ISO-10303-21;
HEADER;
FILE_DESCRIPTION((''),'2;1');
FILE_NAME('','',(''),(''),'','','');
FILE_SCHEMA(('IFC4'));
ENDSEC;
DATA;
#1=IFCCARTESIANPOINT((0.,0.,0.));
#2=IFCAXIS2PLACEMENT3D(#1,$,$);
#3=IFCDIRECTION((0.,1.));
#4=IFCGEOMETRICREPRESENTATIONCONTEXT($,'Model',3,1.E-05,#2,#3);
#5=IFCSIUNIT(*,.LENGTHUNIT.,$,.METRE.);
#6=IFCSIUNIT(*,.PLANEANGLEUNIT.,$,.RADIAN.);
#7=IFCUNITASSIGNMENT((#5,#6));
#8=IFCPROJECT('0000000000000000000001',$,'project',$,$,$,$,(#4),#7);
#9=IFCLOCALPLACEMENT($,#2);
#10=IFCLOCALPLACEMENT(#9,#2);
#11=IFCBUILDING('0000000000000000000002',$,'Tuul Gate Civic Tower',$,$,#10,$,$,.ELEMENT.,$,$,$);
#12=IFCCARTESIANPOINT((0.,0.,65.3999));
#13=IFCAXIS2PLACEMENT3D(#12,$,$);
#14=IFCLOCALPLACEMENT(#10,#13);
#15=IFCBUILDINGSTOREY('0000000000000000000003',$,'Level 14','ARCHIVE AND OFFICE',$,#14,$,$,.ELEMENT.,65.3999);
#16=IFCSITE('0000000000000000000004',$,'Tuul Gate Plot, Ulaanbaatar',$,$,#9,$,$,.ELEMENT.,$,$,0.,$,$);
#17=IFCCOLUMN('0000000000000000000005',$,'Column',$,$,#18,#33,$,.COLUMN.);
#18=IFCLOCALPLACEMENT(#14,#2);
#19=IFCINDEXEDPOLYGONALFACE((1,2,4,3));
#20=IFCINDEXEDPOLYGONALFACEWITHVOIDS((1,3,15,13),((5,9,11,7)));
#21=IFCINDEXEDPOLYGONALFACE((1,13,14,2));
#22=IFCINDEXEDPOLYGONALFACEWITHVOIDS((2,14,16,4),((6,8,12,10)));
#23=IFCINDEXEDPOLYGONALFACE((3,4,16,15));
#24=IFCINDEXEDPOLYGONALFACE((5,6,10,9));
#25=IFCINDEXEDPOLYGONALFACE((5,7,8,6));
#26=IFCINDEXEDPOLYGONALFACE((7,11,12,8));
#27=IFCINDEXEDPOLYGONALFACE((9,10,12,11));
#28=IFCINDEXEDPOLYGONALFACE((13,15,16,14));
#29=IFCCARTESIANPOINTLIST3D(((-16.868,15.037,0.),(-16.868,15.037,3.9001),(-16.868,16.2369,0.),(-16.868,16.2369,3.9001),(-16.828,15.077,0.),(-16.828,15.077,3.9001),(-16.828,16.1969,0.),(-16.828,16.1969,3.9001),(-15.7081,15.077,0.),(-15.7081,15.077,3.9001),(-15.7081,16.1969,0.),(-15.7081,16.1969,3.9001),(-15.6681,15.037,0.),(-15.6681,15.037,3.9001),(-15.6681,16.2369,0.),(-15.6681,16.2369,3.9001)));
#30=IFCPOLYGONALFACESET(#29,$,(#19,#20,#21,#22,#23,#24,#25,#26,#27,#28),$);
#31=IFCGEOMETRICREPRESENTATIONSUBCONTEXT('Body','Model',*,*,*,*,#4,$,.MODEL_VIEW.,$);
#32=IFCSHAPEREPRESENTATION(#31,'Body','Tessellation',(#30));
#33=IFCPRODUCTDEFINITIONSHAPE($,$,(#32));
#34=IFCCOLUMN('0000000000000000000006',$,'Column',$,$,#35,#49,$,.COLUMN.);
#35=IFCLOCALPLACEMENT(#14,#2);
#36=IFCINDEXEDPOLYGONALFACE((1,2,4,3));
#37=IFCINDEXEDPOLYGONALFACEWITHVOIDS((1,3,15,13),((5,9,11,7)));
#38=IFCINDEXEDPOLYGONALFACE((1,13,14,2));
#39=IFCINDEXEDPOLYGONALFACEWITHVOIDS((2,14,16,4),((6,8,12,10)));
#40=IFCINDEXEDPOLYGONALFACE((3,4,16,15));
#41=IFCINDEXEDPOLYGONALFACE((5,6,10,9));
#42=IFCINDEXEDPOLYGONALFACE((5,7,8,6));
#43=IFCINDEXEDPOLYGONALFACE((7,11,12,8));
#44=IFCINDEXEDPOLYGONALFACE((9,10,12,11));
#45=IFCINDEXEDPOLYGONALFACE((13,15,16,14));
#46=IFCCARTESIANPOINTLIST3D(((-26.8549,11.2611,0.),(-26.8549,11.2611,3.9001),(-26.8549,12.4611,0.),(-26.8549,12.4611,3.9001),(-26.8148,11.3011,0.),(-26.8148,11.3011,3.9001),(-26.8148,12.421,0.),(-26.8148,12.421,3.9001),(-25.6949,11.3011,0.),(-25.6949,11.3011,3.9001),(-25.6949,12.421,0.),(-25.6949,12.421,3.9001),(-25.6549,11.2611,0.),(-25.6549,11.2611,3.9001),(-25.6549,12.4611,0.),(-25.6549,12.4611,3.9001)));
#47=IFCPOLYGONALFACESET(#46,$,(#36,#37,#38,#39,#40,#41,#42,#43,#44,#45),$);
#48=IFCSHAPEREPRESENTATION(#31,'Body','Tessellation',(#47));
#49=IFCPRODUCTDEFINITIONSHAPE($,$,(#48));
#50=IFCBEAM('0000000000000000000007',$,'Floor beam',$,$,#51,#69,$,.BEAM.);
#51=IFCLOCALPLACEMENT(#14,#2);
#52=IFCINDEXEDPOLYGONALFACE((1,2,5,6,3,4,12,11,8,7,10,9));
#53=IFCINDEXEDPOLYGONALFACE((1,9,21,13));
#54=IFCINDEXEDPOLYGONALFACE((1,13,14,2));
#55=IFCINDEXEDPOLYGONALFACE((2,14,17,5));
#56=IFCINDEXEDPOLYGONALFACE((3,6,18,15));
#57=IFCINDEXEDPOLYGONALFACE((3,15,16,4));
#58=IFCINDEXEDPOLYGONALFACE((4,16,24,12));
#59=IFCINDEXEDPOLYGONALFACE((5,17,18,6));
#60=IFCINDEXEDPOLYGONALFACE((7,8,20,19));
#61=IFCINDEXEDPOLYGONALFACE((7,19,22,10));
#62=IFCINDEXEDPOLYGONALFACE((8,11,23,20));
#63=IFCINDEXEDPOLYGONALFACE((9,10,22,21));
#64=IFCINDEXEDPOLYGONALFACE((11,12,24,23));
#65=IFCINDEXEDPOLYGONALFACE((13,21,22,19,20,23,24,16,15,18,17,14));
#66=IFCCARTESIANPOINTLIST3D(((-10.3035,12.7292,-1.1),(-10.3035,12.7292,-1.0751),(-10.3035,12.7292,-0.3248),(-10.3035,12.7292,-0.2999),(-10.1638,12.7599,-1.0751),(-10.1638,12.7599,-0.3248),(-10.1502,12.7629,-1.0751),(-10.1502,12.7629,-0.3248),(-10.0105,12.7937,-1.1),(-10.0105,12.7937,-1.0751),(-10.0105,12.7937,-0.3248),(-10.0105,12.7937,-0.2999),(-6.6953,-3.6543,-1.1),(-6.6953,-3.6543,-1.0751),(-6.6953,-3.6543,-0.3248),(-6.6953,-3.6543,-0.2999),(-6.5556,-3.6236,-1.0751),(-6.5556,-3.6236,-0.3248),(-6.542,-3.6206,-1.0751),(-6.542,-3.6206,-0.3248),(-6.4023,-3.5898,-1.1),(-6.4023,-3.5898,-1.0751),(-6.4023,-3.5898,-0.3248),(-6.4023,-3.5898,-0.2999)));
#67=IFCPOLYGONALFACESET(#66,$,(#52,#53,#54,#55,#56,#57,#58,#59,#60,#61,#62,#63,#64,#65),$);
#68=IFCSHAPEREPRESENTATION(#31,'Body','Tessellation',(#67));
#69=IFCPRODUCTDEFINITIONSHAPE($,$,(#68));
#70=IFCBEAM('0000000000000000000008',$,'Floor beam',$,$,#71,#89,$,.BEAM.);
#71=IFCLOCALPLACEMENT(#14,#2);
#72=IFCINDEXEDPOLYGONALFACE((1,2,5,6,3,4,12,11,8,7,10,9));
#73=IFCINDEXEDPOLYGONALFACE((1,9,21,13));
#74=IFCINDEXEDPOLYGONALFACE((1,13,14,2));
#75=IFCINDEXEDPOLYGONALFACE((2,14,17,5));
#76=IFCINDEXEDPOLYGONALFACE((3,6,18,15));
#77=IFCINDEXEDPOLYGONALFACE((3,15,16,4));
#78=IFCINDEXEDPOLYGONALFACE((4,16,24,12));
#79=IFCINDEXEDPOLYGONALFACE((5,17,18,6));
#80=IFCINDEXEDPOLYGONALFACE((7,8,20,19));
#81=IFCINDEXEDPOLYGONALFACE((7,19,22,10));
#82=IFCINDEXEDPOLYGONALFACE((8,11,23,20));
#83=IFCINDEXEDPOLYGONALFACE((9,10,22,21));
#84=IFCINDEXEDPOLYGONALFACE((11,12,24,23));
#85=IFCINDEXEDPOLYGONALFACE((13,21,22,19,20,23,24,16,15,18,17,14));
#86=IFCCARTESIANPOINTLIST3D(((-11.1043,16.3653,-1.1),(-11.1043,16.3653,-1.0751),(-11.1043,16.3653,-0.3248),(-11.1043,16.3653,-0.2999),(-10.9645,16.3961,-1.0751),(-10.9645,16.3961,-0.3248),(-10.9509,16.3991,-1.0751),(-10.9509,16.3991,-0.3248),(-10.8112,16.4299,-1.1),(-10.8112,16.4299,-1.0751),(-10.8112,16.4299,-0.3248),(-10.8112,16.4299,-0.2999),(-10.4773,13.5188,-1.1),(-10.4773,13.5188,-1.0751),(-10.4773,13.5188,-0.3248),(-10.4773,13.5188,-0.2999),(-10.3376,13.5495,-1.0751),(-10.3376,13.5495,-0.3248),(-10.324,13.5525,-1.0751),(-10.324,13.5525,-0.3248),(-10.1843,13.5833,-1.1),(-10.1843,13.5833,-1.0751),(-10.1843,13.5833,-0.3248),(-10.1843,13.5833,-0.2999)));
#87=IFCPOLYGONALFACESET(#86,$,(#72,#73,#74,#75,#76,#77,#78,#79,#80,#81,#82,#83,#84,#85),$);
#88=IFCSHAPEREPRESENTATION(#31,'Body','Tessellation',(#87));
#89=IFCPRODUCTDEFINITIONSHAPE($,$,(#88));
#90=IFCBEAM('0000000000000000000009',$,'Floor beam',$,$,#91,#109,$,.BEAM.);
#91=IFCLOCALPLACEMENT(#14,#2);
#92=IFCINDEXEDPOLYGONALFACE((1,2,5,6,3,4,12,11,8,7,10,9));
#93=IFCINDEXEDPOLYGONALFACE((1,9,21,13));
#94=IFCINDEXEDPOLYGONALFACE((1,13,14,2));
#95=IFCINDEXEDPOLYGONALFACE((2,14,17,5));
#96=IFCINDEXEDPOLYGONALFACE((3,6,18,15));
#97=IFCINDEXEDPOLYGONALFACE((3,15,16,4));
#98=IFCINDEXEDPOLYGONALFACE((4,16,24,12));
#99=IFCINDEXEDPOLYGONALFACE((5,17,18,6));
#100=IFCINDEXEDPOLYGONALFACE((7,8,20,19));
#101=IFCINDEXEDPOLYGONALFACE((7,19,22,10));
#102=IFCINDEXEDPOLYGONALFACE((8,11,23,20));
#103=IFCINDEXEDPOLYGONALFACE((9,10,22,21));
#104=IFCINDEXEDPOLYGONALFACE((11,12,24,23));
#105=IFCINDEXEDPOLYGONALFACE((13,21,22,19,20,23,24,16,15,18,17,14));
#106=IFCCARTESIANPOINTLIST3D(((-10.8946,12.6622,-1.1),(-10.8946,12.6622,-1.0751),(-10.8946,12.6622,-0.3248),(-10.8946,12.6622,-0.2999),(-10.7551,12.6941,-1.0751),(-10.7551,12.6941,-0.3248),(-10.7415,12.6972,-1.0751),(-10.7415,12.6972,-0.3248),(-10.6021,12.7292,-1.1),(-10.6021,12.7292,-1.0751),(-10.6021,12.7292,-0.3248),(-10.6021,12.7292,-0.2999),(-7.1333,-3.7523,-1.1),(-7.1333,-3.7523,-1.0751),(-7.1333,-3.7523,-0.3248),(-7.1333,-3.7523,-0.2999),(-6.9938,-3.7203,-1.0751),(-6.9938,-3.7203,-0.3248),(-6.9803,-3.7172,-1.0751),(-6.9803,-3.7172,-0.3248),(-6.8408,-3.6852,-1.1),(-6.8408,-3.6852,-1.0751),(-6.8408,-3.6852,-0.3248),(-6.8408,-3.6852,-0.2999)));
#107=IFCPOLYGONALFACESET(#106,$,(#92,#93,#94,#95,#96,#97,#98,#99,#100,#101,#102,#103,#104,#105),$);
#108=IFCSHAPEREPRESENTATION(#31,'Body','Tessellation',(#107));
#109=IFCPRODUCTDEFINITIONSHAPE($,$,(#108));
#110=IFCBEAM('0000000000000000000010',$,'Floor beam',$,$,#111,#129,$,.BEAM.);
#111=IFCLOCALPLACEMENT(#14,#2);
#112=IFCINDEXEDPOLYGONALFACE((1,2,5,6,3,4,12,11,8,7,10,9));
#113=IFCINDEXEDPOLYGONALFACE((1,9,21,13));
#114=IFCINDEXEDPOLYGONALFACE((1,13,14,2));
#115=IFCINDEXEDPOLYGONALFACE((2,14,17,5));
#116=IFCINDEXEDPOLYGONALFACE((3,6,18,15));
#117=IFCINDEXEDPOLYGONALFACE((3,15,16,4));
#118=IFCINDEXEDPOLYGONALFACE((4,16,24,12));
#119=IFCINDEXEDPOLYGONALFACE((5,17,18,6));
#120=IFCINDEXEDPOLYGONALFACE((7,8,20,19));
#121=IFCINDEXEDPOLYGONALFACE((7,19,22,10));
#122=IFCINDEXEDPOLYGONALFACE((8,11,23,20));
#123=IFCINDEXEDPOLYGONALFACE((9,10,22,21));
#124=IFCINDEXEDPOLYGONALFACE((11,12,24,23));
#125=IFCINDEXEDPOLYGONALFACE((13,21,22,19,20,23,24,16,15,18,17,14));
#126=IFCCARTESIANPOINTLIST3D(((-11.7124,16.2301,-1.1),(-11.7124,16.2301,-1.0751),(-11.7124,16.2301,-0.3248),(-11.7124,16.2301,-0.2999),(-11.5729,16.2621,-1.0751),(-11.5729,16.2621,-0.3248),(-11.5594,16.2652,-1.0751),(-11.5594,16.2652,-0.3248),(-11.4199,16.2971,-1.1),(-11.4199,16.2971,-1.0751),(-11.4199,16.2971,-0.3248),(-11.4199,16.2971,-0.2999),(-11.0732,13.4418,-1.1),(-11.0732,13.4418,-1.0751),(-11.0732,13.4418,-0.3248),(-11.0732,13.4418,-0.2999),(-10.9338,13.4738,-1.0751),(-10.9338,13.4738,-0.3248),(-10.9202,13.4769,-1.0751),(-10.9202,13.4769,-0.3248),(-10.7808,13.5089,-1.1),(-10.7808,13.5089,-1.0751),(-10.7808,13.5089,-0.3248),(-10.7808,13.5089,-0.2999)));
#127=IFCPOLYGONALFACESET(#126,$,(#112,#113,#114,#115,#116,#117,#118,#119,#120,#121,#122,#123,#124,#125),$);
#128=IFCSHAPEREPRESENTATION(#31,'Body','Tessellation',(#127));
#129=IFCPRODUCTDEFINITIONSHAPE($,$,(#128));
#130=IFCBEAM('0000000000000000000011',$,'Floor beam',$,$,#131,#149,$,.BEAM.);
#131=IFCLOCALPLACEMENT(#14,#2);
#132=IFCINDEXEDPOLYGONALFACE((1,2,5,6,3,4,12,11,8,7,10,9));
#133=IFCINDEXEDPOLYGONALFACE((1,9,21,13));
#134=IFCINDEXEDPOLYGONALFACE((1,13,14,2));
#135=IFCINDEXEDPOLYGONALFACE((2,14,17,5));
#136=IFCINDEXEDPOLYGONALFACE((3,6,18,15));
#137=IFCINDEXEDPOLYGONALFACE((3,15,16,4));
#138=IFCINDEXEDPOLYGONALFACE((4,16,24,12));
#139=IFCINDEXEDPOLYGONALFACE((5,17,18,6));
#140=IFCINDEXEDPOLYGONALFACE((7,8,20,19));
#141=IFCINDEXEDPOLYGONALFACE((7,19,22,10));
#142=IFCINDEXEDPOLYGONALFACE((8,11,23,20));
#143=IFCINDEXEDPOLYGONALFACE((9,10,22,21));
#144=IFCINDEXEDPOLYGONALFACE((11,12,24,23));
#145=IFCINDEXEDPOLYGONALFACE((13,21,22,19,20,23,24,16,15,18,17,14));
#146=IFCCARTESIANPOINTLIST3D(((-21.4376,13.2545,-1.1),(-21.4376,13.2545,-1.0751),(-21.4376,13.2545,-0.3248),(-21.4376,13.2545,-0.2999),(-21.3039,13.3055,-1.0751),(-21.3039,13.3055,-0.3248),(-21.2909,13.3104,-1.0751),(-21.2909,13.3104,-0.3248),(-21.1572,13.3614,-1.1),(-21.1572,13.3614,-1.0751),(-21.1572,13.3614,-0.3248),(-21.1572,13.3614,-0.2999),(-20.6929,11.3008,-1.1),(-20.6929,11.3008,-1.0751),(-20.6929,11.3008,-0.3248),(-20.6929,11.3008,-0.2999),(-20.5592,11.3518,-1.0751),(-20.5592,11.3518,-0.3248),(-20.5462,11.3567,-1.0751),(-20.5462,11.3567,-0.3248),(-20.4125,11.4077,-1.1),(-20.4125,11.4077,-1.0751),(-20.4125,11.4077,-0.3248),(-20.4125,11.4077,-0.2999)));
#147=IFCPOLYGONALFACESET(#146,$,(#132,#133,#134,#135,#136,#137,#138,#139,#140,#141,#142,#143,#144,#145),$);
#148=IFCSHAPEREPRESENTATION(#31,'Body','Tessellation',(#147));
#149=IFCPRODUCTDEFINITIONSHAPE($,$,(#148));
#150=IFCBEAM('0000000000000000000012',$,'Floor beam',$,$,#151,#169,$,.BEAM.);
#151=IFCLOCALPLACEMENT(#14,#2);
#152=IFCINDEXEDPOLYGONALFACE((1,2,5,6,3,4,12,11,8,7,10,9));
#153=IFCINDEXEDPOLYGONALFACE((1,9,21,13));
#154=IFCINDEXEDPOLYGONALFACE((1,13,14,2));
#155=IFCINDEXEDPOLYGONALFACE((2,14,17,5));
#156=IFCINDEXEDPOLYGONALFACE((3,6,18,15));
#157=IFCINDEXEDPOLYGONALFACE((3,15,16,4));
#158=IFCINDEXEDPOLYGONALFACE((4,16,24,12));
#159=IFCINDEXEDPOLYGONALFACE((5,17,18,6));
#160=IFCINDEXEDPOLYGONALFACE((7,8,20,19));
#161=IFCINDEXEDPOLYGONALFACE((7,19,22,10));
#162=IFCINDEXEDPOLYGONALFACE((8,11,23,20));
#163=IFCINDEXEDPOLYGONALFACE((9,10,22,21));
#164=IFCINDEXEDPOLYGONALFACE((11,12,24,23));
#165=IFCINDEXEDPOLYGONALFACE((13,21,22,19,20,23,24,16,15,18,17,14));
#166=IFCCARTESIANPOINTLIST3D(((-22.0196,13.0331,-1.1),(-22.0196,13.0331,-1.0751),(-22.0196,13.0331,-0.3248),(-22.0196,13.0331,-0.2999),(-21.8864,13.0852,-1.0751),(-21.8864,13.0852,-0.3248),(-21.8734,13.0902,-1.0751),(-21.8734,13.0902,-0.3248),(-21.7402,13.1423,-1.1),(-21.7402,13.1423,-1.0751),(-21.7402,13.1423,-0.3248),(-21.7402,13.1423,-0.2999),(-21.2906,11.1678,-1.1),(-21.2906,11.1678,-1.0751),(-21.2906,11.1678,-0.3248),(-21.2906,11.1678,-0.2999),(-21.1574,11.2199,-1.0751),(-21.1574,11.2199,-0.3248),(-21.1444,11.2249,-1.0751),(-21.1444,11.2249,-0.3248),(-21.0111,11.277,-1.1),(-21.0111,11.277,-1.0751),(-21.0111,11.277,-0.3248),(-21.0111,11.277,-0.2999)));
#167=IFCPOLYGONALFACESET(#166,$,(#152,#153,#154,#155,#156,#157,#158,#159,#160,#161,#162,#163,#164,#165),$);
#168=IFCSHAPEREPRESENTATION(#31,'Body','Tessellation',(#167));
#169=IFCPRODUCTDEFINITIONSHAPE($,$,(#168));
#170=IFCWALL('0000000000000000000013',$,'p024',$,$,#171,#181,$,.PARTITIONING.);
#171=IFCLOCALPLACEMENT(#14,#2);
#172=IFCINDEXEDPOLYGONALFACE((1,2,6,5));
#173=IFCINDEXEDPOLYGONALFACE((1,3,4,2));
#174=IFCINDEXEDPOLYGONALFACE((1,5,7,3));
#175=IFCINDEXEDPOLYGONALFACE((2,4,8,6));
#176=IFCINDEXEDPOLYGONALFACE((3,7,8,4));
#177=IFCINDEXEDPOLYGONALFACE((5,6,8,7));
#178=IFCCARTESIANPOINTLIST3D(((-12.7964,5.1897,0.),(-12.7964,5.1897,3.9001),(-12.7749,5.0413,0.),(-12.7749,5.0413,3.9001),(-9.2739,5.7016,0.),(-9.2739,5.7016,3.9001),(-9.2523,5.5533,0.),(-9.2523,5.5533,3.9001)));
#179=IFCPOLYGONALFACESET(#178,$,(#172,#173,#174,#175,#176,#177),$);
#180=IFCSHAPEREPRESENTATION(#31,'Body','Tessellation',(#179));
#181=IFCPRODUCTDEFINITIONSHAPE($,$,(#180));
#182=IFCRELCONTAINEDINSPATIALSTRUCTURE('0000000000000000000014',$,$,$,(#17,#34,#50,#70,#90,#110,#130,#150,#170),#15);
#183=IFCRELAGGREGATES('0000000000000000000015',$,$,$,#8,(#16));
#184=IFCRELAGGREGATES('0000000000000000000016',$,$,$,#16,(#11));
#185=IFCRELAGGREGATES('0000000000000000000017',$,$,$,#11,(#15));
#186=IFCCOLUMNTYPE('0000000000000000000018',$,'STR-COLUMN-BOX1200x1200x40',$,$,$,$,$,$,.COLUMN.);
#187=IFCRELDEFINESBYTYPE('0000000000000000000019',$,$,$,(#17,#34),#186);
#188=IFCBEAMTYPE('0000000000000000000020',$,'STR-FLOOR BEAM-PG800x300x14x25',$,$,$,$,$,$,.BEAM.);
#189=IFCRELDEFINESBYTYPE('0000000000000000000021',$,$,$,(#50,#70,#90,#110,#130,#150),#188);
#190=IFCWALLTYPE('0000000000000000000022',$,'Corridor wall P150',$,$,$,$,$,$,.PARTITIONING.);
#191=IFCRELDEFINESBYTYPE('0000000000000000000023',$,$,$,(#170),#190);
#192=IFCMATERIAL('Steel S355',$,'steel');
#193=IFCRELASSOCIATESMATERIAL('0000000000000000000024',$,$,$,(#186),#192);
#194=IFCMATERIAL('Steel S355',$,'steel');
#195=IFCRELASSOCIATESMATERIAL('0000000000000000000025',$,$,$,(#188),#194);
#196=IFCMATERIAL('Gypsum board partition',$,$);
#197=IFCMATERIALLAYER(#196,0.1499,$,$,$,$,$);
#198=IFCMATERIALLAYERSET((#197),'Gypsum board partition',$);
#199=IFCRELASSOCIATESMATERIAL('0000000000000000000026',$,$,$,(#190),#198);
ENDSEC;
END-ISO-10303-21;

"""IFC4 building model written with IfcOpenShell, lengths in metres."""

from ifc_helpers import new_model, si_unit, direction, frame, frame_2d, origin, origin_2d, place, context, subcontext, project, spatial, rectangle, hollow_rectangle, i_section, extrude, material, layer, layer_set, material_profile, profile_set, type_object, element, save


model = new_model("IFC4")

# Units and contexts
model_context = context("Model", 3, precision=1e-05, world=origin(), true_north=direction((0.0, 1.0)))
body_context = subcontext(model_context, "Body", "Model", "MODEL_VIEW")
ifc_project = project(units=[si_unit("LENGTHUNIT", "METRE"), si_unit("PLANEANGLEUNIT", "RADIAN")], contexts=[model_context])

# Site, building, storey
site_placement = place(None, origin())
site = spatial("IfcSite", under=ifc_project, at=site_placement, Name="Tuul Gate Plot, Ulaanbaatar", CompositionType="ELEMENT", RefElevation=0.0)
building_placement = place(site_placement, origin())
building = spatial("IfcBuilding", under=site, at=building_placement, Name="Tuul Gate Civic Tower", CompositionType="ELEMENT")
storey_placement = place(building_placement, frame((0.0, 0.0, 65.3999)))
storey = spatial("IfcBuildingStorey", under=building, at=storey_placement, Name="Level 14", Description="ARCHIVE AND OFFICE", CompositionType="ELEMENT", Elevation=65.3999)

# Columns
ifc_material_1 = material(Name="Steel S355", Category="steel")
ifc_material_profile_1 = material_profile(ifc_material_1, hollow_rectangle(XDim=1.2, YDim=1.2, WallThickness=0.04, at=origin_2d()), Name="BOX1200x1200x40")
ifc_profile_set_1 = profile_set([ifc_material_profile_1], Name="Steel S355")
column_type = type_object("IfcColumnType", Name="STR-COLUMN-BOX1200x1200x40", PredefinedType="COLUMN", material=ifc_profile_set_1)
for number, where, z_axis, x_axis, name in (
    (1, (-16.2681, 15.637, 0.0), (0.0, 0.0, 1.0), (1.0, 0.0, 0.0), "Column"),
    (2, (-26.2549, 11.8611, 0.0), (0.0, 0.0, 1.0), (1.0, 0.0, 0.0), "Column"),
):
    element("IfcColumn", number, at=place(storey_placement, frame(where, z_axis=z_axis, x_axis=x_axis)), inside=storey, type_object=column_type, Name=name, PredefinedType="COLUMN", context=body_context, shape_type="SweptSolid", body=[
        extrude(hollow_rectangle(XDim=1.2, YDim=1.2, WallThickness=0.04, at=origin_2d()), origin(), (0.0, 0.0, 1.0), 3.9001),
    ])

# Beams
ifc_material_2 = material(Name="Steel S355", Category="steel")
ifc_material_profile_2 = material_profile(ifc_material_2, i_section(OverallWidth=0.3, OverallDepth=0.8, WebThickness=0.0139, FlangeThickness=0.0249, at=origin_2d()), Name="PG800x300x14x25")
ifc_profile_set_2 = profile_set([ifc_material_profile_2], Name="Steel S355")
beam_type = type_object("IfcBeamType", Name="STR-FLOOR BEAM-PG800x300x14x25", PredefinedType="BEAM", material=ifc_profile_set_2)
beam_1_placement = place(storey_placement, frame((-6.5488, -3.6221, -0.7), z_axis=(-0.215076, 0.976597, 0.0), x_axis=(-0.976597, -0.215076, 0.0)))
element("IfcBeam", 3, at=beam_1_placement, inside=storey, type_object=beam_type, Name="Floor beam", PredefinedType="BEAM", context=body_context, shape_type="SweptSolid", body=[
    extrude(i_section(OverallWidth=0.3, OverallDepth=0.8, WebThickness=0.0139, FlangeThickness=0.0249, at=origin_2d()), origin(), (0.0, 0.0, 1.0), 16.7761),
])
beam_2_placement = place(storey_placement, frame((-10.3308, 13.551, -0.7), z_axis=(-0.215085, 0.976595, 0.0), x_axis=(-0.976595, -0.215085, 0.0)))
element("IfcBeam", 4, at=beam_2_placement, inside=storey, type_object=beam_type, Name="Floor beam", PredefinedType="BEAM", context=body_context, shape_type="SweptSolid", body=[
    extrude(i_section(OverallWidth=0.3, OverallDepth=0.8, WebThickness=0.0139, FlangeThickness=0.0249, at=origin_2d()), origin(), (0.0, 0.0, 1.0), 2.9148),
])
beam_3_placement = place(storey_placement, frame((-6.9871, -3.7188, -0.7), z_axis=(-0.223355, 0.974737, 0.0), x_axis=(-0.974737, -0.223355, 0.0)))
element("IfcBeam", 5, at=beam_3_placement, inside=storey, type_object=beam_type, Name="Floor beam", PredefinedType="BEAM", context=body_context, shape_type="SweptSolid", body=[
    extrude(i_section(OverallWidth=0.3, OverallDepth=0.8, WebThickness=0.0139, FlangeThickness=0.0249, at=origin_2d()), origin(), (0.0, 0.0, 1.0), 16.8398),
])
beam_4_placement = place(storey_placement, frame((-10.927, 13.4753, -0.7), z_axis=(-0.223432, 0.97472, 0.0), x_axis=(-0.97472, -0.223432, 0.0)))
element("IfcBeam", 6, at=beam_4_placement, inside=storey, type_object=beam_type, Name="Floor beam", PredefinedType="BEAM", context=body_context, shape_type="SweptSolid", body=[
    extrude(i_section(OverallWidth=0.3, OverallDepth=0.8, WebThickness=0.0139, FlangeThickness=0.0249, at=origin_2d()), origin(), (0.0, 0.0, 1.0), 2.8606),
])
beam_5_placement = place(storey_placement, frame((-20.5527, 11.3542, -0.7), z_axis=(-0.35616, 0.934425, 0.0), x_axis=(-0.934425, -0.35616, 0.0)))
element("IfcBeam", 7, at=beam_5_placement, inside=storey, type_object=beam_type, Name="Floor beam", PredefinedType="BEAM", context=body_context, shape_type="SweptSolid", body=[
    extrude(i_section(OverallWidth=0.3, OverallDepth=0.8, WebThickness=0.0139, FlangeThickness=0.0249, at=origin_2d()), origin(), (0.0, 0.0, 1.0), 2.0908),
])
beam_6_placement = place(storey_placement, frame((-21.1509, 11.2224, -0.7), z_axis=(-0.364022, 0.93139, 0.0), x_axis=(-0.93139, -0.364022, 0.0)))
element("IfcBeam", 8, at=beam_6_placement, inside=storey, type_object=beam_type, Name="Floor beam", PredefinedType="BEAM", context=body_context, shape_type="SweptSolid", body=[
    extrude(i_section(OverallWidth=0.3, OverallDepth=0.8, WebThickness=0.0139, FlangeThickness=0.0249, at=origin_2d()), origin(), (0.0, 0.0, 1.0), 2.0027),
])

# Wall
ifc_material_3 = material(Name="Gypsum board partition")
ifc_layer_1 = layer(ifc_material_3, 0.1499)
ifc_layer_set_1 = layer_set([ifc_layer_1], Name="Gypsum board partition")
wall_type_1 = type_object("IfcWallType", Name="Corridor wall P150", PredefinedType="PARTITIONING", material=ifc_layer_set_1)
wall_1_placement = place(storey_placement, frame((-12.7856, 5.1155, 0.0), z_axis=(0.0, 0.0, 1.0), x_axis=(0.989602, 0.143831, 0.0)))
element("IfcWall", 9, at=wall_1_placement, inside=storey, type_object=wall_type_1, Name="p024", PredefinedType="PARTITIONING", context=body_context, shape_type="SweptSolid", body=[
    extrude(rectangle(XDim=3.5596, YDim=0.1499, at=frame_2d((1.7798, 0.0))), origin(), (0.0, 0.0, 1.0), 3.9001),
])

save(model, "model.ifc")
